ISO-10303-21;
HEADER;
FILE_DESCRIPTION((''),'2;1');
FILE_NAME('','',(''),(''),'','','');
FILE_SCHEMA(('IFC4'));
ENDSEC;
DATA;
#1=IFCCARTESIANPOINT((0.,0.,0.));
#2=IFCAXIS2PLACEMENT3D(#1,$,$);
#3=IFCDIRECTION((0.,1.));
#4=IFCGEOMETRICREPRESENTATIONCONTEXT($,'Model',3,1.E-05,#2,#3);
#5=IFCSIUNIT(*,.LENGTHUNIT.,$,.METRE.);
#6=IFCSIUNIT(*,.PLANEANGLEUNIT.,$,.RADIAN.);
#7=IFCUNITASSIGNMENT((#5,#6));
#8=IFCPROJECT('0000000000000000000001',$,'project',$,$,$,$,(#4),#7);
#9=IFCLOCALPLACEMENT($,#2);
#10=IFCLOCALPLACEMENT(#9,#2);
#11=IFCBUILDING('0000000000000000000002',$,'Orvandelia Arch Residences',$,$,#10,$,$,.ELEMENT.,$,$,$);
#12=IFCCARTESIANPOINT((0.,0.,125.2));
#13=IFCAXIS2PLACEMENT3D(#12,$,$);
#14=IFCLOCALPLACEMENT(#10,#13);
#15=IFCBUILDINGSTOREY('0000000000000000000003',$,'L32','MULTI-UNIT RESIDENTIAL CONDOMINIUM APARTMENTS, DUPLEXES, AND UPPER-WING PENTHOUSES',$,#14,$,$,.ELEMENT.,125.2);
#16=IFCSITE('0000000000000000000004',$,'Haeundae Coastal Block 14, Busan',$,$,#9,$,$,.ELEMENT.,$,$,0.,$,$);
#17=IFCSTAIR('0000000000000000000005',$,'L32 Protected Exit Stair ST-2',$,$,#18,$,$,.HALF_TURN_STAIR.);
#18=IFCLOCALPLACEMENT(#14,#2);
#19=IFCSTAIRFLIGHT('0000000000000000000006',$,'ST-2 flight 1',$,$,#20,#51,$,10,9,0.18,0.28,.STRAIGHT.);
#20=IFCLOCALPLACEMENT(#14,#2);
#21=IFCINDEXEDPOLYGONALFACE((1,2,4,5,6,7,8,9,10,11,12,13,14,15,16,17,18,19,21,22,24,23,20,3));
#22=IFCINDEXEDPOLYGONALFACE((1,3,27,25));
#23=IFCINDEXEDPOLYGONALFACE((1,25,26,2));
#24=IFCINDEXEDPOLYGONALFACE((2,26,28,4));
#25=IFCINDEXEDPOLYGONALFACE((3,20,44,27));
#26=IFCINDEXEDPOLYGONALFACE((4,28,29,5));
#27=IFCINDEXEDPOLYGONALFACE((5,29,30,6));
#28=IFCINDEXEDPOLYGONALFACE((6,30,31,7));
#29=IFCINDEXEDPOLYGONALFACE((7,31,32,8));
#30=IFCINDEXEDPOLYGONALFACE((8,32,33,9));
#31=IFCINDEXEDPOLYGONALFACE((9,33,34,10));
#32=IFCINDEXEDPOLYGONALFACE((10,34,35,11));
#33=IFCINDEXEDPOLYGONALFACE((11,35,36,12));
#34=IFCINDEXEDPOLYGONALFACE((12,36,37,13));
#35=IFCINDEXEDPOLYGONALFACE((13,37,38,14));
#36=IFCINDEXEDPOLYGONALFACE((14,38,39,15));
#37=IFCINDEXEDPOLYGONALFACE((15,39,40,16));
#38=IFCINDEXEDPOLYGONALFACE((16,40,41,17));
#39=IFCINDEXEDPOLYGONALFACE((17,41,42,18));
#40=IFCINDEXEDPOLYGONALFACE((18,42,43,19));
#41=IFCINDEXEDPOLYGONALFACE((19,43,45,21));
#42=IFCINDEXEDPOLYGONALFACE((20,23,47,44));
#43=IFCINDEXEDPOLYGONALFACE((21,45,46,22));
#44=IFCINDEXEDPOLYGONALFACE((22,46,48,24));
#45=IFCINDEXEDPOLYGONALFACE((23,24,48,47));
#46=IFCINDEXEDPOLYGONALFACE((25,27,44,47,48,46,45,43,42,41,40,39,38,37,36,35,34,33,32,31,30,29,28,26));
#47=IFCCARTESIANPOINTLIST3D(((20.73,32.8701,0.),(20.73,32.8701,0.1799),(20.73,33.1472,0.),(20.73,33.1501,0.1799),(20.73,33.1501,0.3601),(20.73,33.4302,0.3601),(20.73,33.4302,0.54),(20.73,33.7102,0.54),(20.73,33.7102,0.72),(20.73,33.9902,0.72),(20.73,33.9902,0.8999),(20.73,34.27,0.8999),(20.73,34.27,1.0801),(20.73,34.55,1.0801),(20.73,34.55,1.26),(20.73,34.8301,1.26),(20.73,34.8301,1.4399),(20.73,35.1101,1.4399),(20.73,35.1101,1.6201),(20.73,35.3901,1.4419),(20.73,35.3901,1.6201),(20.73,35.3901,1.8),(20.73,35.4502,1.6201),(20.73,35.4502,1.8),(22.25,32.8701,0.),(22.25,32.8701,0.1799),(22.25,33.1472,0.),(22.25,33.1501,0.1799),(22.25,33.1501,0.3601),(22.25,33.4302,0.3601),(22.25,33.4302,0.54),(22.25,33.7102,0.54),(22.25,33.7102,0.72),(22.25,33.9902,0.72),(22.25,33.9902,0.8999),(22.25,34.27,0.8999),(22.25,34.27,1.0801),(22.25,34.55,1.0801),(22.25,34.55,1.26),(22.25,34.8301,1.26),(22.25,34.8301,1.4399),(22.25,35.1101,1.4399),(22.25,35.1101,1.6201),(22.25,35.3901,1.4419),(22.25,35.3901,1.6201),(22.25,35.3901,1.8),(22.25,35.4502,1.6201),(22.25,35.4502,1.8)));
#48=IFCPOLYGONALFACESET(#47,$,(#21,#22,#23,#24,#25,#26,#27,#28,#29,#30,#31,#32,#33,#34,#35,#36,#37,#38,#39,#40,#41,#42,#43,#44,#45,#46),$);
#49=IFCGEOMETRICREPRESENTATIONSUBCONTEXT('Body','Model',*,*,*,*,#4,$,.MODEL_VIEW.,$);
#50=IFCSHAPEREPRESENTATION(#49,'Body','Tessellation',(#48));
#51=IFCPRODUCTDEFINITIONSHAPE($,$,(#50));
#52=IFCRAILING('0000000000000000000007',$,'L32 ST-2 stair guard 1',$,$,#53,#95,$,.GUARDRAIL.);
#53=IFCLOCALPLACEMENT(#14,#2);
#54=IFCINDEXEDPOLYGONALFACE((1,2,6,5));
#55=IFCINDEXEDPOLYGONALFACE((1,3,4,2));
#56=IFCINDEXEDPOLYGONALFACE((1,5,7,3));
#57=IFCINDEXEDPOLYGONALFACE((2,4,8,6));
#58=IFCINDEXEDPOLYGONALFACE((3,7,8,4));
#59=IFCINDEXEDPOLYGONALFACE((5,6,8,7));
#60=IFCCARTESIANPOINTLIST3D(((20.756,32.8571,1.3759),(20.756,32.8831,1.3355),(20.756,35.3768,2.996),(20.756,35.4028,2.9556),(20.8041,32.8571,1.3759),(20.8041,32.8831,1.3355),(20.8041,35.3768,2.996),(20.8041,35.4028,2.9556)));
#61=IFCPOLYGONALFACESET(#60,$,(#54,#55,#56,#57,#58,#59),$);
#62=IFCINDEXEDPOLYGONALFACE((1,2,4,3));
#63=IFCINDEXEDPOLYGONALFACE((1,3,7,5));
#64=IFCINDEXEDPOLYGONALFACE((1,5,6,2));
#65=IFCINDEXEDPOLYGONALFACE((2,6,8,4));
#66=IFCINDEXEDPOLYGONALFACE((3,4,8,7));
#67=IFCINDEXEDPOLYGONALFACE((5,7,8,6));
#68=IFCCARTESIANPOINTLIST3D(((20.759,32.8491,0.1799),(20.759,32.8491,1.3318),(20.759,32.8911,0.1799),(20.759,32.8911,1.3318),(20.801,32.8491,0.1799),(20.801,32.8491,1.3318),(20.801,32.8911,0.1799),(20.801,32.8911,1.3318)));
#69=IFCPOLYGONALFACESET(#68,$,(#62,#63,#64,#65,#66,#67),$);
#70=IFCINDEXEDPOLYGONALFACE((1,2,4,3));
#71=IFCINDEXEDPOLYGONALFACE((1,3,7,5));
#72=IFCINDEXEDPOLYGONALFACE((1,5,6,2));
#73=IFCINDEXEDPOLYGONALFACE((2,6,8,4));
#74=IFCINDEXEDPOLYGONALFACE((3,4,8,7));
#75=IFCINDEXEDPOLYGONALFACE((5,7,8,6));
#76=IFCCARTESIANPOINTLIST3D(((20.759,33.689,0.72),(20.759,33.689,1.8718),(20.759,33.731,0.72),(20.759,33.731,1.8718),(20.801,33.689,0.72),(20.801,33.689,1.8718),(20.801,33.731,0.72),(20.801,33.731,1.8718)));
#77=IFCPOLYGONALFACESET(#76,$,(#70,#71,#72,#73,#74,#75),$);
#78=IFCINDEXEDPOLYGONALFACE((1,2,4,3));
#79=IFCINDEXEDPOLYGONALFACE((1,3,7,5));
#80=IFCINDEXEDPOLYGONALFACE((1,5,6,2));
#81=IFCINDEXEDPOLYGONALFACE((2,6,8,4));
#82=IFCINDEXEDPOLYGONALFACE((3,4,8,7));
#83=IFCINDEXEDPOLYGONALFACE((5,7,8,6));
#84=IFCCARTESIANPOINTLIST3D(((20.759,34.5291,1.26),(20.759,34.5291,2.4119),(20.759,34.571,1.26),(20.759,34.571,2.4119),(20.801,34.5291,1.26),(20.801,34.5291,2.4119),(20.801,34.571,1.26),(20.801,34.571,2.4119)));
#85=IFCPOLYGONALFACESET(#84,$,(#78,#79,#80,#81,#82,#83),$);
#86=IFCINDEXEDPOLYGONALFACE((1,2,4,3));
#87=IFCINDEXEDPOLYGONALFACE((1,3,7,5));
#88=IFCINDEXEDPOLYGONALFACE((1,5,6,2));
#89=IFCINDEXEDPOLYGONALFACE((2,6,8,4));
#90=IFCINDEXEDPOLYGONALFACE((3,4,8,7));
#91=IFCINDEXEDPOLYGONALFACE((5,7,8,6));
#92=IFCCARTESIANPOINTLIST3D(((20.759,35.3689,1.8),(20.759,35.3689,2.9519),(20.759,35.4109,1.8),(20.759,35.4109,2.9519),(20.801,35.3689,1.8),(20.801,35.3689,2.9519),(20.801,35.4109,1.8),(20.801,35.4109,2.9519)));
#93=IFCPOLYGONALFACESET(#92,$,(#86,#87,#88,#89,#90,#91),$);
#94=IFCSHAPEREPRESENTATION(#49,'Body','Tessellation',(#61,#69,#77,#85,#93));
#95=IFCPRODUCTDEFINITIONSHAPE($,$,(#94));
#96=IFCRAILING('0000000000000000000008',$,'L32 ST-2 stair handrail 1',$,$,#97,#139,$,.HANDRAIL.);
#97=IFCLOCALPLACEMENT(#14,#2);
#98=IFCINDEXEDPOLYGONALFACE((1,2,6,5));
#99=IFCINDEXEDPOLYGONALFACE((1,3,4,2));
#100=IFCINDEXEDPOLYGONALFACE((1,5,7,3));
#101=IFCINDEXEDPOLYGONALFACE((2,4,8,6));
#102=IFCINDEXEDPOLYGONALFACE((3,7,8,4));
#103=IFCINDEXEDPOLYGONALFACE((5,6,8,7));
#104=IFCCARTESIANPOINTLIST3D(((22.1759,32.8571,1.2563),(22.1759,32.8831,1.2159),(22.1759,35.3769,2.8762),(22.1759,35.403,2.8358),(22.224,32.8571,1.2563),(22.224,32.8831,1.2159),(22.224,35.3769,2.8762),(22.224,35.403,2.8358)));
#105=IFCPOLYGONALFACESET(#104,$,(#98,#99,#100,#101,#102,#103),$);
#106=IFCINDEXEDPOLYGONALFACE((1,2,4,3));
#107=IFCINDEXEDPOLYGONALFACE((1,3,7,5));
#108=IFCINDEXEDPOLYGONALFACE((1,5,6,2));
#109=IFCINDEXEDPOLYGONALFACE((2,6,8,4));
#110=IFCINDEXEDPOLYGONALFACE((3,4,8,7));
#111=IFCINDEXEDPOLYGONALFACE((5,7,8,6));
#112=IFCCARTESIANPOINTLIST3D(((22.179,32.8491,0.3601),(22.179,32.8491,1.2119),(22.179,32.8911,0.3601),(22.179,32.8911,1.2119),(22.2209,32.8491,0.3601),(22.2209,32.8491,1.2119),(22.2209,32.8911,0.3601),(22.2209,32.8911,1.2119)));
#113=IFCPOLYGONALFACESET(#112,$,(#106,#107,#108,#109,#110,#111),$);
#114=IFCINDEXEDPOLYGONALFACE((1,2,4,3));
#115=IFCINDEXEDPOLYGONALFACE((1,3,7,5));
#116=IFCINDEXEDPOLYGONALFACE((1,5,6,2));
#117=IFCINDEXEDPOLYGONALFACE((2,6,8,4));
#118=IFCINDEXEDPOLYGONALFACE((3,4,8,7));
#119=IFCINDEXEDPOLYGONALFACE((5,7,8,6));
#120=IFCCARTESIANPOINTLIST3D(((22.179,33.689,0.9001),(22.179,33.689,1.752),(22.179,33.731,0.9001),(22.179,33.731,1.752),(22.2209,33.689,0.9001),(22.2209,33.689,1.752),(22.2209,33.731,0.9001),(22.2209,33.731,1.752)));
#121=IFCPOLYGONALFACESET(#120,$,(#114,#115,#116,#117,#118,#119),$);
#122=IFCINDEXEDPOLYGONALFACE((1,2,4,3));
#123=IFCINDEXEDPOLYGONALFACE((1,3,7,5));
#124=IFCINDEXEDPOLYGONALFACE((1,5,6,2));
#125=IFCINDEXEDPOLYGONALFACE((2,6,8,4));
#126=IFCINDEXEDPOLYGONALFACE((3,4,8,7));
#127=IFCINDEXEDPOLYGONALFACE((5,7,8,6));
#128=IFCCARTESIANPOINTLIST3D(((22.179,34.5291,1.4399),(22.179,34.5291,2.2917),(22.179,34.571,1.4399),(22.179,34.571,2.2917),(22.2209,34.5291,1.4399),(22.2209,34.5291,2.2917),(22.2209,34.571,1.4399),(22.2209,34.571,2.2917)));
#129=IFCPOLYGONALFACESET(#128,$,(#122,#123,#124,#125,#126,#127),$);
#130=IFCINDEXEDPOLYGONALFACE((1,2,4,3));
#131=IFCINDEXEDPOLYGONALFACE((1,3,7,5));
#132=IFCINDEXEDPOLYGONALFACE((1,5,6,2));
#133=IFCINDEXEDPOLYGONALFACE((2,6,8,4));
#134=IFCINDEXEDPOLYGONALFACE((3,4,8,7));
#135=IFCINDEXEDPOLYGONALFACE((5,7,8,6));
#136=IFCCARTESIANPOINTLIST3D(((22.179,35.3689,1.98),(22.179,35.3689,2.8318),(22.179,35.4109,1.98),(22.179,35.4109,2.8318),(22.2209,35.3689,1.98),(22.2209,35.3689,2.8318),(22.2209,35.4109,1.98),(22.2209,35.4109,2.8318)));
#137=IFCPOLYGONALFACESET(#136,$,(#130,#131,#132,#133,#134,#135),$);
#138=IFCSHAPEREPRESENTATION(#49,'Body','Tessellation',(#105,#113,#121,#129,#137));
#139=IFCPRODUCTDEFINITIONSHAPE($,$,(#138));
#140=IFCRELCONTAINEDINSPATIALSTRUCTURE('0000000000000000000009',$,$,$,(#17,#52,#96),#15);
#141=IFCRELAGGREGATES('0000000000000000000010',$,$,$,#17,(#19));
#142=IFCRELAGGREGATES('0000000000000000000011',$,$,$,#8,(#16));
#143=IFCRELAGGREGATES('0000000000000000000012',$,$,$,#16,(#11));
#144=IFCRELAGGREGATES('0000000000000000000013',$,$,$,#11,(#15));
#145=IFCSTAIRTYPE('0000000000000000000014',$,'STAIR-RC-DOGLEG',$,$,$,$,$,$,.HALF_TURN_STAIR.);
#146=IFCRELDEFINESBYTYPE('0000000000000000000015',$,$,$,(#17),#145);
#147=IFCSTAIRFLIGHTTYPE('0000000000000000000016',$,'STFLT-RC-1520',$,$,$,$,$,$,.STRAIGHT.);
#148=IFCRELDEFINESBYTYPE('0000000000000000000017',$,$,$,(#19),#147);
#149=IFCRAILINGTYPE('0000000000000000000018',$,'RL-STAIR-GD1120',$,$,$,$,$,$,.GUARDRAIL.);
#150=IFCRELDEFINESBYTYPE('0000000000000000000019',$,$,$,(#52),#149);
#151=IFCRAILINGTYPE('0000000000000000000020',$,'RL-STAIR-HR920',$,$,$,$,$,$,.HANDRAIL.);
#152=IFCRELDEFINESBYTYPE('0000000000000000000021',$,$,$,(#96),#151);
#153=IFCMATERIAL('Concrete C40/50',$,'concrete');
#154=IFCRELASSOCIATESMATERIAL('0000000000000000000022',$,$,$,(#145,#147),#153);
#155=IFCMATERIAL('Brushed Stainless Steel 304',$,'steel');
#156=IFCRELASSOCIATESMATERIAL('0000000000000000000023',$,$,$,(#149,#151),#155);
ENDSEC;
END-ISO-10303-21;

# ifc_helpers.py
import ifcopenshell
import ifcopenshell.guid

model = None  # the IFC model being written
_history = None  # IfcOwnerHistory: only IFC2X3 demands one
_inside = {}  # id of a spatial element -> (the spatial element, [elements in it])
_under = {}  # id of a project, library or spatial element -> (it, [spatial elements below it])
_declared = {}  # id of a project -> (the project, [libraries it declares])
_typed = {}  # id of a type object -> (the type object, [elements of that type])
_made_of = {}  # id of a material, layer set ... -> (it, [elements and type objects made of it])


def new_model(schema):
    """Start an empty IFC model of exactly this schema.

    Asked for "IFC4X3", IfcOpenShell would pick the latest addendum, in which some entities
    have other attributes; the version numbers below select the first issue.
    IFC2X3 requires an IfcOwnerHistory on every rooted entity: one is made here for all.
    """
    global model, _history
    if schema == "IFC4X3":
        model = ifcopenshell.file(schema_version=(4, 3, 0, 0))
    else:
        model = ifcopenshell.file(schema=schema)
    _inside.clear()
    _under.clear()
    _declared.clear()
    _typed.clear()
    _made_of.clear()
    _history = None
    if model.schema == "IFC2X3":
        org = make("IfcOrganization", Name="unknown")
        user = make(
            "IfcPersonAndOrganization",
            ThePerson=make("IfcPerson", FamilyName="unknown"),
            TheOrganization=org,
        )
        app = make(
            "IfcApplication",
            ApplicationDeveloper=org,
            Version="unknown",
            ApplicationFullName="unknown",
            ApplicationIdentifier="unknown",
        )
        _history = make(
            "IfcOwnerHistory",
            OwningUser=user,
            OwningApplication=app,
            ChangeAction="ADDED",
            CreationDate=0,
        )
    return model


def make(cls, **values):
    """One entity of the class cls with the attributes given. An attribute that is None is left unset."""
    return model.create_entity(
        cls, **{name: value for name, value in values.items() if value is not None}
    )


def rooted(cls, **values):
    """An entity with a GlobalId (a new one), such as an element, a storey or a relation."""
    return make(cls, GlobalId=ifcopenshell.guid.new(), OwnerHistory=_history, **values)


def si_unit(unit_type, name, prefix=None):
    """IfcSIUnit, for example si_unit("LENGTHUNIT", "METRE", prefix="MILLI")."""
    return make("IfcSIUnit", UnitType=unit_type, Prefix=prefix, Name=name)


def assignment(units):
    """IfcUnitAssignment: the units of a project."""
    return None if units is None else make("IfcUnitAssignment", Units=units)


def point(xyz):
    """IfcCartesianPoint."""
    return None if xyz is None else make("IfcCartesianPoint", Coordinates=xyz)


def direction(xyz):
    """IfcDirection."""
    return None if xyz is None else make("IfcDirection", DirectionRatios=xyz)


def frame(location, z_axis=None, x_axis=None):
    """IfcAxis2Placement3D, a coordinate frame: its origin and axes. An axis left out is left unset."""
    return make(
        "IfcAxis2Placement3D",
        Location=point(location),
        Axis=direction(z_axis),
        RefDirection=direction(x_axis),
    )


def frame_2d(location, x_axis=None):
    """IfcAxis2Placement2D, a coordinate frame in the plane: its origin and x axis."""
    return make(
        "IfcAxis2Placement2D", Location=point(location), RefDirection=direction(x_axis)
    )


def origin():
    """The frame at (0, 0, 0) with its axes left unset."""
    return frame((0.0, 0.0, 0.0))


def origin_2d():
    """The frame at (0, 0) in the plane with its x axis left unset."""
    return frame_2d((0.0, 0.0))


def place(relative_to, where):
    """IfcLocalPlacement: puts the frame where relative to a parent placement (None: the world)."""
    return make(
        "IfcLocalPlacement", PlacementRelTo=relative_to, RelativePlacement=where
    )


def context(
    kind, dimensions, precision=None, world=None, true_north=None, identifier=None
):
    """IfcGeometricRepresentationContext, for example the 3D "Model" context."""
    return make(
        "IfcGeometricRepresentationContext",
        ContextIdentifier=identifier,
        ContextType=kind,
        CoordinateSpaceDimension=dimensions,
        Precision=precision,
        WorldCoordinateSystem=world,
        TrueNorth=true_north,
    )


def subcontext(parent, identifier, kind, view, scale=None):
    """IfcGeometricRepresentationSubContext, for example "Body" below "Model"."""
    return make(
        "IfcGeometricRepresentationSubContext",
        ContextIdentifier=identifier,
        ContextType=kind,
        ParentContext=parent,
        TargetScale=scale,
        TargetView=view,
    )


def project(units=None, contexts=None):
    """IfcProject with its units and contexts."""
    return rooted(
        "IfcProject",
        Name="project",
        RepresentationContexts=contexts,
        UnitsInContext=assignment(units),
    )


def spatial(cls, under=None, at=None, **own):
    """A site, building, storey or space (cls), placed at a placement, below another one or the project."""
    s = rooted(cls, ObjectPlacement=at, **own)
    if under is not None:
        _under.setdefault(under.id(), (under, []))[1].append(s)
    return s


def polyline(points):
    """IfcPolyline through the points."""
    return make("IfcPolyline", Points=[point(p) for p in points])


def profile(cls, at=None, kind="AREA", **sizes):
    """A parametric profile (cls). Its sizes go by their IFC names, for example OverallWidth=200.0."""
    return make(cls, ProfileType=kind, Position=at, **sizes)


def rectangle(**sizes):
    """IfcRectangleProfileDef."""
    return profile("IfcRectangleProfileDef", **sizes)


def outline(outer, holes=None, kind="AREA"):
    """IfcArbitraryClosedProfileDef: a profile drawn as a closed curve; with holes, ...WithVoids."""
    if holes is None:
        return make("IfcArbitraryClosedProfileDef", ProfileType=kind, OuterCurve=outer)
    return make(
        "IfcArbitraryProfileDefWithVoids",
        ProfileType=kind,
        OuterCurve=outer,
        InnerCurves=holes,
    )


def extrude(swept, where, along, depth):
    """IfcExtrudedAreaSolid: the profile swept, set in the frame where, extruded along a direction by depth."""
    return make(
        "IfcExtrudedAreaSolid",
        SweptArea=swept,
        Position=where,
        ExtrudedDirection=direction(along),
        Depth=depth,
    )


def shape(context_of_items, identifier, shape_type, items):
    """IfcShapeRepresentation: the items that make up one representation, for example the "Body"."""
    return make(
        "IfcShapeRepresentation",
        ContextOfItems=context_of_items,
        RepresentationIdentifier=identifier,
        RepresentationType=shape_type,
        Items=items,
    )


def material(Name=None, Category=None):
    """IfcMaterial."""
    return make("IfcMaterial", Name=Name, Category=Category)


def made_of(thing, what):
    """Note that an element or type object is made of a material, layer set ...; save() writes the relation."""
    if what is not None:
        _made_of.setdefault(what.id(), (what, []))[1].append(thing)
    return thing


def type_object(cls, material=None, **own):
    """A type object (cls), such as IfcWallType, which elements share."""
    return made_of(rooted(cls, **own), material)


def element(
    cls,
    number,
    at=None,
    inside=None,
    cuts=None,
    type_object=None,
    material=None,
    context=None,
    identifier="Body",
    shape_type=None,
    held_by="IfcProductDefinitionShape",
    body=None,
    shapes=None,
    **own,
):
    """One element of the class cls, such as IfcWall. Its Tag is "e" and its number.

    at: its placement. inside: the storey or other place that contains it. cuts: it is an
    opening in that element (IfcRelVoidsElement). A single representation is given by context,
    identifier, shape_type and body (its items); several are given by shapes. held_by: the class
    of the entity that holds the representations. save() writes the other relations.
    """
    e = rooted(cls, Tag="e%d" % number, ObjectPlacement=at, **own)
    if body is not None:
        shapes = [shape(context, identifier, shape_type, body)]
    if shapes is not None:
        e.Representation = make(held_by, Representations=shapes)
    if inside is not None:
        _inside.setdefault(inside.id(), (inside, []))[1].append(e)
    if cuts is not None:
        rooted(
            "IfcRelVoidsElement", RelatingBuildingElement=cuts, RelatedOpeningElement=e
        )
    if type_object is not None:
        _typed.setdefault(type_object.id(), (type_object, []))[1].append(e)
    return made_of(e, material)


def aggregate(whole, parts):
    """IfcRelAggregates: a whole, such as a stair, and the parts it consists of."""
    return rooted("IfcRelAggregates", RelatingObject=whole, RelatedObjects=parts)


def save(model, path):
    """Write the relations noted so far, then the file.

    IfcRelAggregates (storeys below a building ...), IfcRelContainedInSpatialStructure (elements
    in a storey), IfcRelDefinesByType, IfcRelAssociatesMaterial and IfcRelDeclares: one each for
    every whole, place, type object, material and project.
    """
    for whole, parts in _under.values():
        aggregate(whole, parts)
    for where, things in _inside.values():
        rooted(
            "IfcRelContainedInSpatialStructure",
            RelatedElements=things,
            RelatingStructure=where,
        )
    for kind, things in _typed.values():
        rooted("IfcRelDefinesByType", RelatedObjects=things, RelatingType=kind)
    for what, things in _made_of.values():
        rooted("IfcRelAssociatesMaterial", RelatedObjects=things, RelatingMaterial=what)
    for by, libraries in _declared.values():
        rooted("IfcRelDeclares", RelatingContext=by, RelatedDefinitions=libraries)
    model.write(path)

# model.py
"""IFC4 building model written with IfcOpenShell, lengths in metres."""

from ifc_helpers import new_model, si_unit, direction, frame, origin, origin_2d, place, context, subcontext, project, spatial, polyline, rectangle, outline, extrude, material, type_object, element, aggregate, save


model = new_model("IFC4")

# Units and contexts
model_context = context("Model", 3, precision=1e-05, world=origin(), true_north=direction((0.0, 1.0)))
body_context = subcontext(model_context, "Body", "Model", "MODEL_VIEW")
ifc_project = project(units=[si_unit("LENGTHUNIT", "METRE"), si_unit("PLANEANGLEUNIT", "RADIAN")], contexts=[model_context])

# Site, building, storey
site_placement = place(None, origin())
site = spatial("IfcSite", under=ifc_project, at=site_placement, Name="Haeundae Coastal Block 14, Busan", CompositionType="ELEMENT", RefElevation=0.0)
building_placement = place(site_placement, origin())
building = spatial("IfcBuilding", under=site, at=building_placement, Name="Orvandelia Arch Residences", CompositionType="ELEMENT")
storey_placement = place(building_placement, frame((0.0, 0.0, 125.2)))
storey = spatial("IfcBuildingStorey", under=building, at=storey_placement, Name="L32", Description="MULTI-UNIT RESIDENTIAL CONDOMINIUM APARTMENTS, DUPLEXES, AND UPPER-WING PENTHOUSES", CompositionType="ELEMENT", Elevation=125.2)

# Stair, stair flight
ifc_material_1 = material(Name="Concrete C40/50", Category="concrete")
stair_type = type_object("IfcStairType", Name="STAIR-RC-DOGLEG", PredefinedType="HALF_TURN_STAIR", material=ifc_material_1)
stair_placement = place(storey_placement, origin())
stair = element("IfcStair", 1, at=stair_placement, inside=storey, type_object=stair_type, Name="L32 Protected Exit Stair ST-2", PredefinedType="HALF_TURN_STAIR")
stair_flight_type = type_object("IfcStairFlightType", Name="STFLT-RC-1520", PredefinedType="STRAIGHT", material=ifc_material_1)
stair_flight_placement = place(storey_placement, frame((21.49, 32.8701, 0.0), z_axis=(0.0, 0.0, 1.0), x_axis=(0.0, 1.0, 0.0)))
stair_flight = element("IfcStairFlight", 2, at=stair_flight_placement, type_object=stair_flight_type, Name="ST-2 flight 1", NumberOfRisers=10, NumberOfTreads=9, PredefinedType="STRAIGHT", RiserHeight=0.18, TreadLength=0.28, context=body_context, shape_type="SweptSolid", body=[
    extrude(outline(polyline([(0.0, 0.0), (0.0, 0.1799), (0.28, 0.1799), (0.28, 0.3601), (0.5601, 0.3601), (0.5601, 0.54), (0.8401, 0.54), (0.8401, 0.72), (1.1201, 0.72), (1.1201, 0.8999), (1.3999, 0.8999), (1.3999, 1.0801), (1.6799, 1.0801), (1.6799, 1.26), (1.96, 1.26), (1.96, 1.4399), (2.24, 1.4399), (2.24, 1.6201), (2.52, 1.6201), (2.52, 1.8), (2.5801, 1.8), (2.5801, 1.6201), (2.52, 1.4419), (0.2771, 0.0), (0.0, 0.0)])), frame((0.0, 0.76, 0.0), z_axis=(0.0, -1.0, 0.0), x_axis=(1.0, 0.0, 0.0)), (0.0, 0.0, 1.0), 1.52),
])
aggregate(stair, [stair_flight])

# Railings
ifc_material_2 = material(Name="Brushed Stainless Steel 304", Category="steel")
railing_type_1 = type_object("IfcRailingType", Name="RL-STAIR-GD1120", PredefinedType="GUARDRAIL", material=ifc_material_2)
railing_1_placement = place(storey_placement, frame((20.78, 32.8701, 0.1799)))
element("IfcRailing", 3, at=railing_1_placement, inside=storey, type_object=railing_type_1, Name="L32 ST-2 stair guard 1", PredefinedType="GUARDRAIL", context=body_context, shape_type="SweptSolid", body=[
    extrude(rectangle(XDim=0.0481, YDim=0.0481, at=origin_2d()), frame((0.0, 0.0, 1.1758), z_axis=(0.0, 0.841139, 0.540819), x_axis=(-1.0, 0.0, 0.0)), (0.0, 0.0, 1.0), 2.9956),
    extrude(rectangle(XDim=0.042, YDim=0.042, at=origin_2d()), origin(), (0.0, 0.0, 1.0), 1.1519),
    extrude(rectangle(XDim=0.042, YDim=0.042, at=origin_2d()), frame((0.0, 0.8398, 0.54)), (0.0, 0.0, 1.0), 1.1519),
    extrude(rectangle(XDim=0.042, YDim=0.042, at=origin_2d()), frame((0.0, 1.6799, 1.0801)), (0.0, 0.0, 1.0), 1.1519),
    extrude(rectangle(XDim=0.042, YDim=0.042, at=origin_2d()), frame((0.0, 2.5198, 1.6201)), (0.0, 0.0, 1.0), 1.1519),
])
railing_type_2 = type_object("IfcRailingType", Name="RL-STAIR-HR920", PredefinedType="HANDRAIL", material=ifc_material_2)
railing_2_placement = place(storey_placement, frame((22.2, 32.8701, 0.3601)))
element("IfcRailing", 4, at=railing_2_placement, inside=storey, type_object=railing_type_2, Name="L32 ST-2 stair handrail 1", PredefinedType="HANDRAIL", context=body_context, shape_type="SweptSolid", body=[
    extrude(rectangle(XDim=0.0481, YDim=0.0481, at=origin_2d()), frame((0.0, 0.0, 0.876), z_axis=(0.0, 0.841176, 0.540762), x_axis=(-1.0, 0.0, 0.0)), (0.0, 0.0, 1.0), 2.9956),
    extrude(rectangle(XDim=0.042, YDim=0.042, at=origin_2d()), origin(), (0.0, 0.0, 1.0), 0.8518),
    extrude(rectangle(XDim=0.042, YDim=0.042, at=origin_2d()), frame((0.0, 0.8398, 0.54)), (0.0, 0.0, 1.0), 0.8518),
    extrude(rectangle(XDim=0.042, YDim=0.042, at=origin_2d()), frame((0.0, 1.6799, 1.0798)), (0.0, 0.0, 1.0), 0.8518),
    extrude(rectangle(XDim=0.042, YDim=0.042, at=origin_2d()), frame((0.0, 2.5198, 1.6199)), (0.0, 0.0, 1.0), 0.8518),
])

save(model, "model.ifc")
